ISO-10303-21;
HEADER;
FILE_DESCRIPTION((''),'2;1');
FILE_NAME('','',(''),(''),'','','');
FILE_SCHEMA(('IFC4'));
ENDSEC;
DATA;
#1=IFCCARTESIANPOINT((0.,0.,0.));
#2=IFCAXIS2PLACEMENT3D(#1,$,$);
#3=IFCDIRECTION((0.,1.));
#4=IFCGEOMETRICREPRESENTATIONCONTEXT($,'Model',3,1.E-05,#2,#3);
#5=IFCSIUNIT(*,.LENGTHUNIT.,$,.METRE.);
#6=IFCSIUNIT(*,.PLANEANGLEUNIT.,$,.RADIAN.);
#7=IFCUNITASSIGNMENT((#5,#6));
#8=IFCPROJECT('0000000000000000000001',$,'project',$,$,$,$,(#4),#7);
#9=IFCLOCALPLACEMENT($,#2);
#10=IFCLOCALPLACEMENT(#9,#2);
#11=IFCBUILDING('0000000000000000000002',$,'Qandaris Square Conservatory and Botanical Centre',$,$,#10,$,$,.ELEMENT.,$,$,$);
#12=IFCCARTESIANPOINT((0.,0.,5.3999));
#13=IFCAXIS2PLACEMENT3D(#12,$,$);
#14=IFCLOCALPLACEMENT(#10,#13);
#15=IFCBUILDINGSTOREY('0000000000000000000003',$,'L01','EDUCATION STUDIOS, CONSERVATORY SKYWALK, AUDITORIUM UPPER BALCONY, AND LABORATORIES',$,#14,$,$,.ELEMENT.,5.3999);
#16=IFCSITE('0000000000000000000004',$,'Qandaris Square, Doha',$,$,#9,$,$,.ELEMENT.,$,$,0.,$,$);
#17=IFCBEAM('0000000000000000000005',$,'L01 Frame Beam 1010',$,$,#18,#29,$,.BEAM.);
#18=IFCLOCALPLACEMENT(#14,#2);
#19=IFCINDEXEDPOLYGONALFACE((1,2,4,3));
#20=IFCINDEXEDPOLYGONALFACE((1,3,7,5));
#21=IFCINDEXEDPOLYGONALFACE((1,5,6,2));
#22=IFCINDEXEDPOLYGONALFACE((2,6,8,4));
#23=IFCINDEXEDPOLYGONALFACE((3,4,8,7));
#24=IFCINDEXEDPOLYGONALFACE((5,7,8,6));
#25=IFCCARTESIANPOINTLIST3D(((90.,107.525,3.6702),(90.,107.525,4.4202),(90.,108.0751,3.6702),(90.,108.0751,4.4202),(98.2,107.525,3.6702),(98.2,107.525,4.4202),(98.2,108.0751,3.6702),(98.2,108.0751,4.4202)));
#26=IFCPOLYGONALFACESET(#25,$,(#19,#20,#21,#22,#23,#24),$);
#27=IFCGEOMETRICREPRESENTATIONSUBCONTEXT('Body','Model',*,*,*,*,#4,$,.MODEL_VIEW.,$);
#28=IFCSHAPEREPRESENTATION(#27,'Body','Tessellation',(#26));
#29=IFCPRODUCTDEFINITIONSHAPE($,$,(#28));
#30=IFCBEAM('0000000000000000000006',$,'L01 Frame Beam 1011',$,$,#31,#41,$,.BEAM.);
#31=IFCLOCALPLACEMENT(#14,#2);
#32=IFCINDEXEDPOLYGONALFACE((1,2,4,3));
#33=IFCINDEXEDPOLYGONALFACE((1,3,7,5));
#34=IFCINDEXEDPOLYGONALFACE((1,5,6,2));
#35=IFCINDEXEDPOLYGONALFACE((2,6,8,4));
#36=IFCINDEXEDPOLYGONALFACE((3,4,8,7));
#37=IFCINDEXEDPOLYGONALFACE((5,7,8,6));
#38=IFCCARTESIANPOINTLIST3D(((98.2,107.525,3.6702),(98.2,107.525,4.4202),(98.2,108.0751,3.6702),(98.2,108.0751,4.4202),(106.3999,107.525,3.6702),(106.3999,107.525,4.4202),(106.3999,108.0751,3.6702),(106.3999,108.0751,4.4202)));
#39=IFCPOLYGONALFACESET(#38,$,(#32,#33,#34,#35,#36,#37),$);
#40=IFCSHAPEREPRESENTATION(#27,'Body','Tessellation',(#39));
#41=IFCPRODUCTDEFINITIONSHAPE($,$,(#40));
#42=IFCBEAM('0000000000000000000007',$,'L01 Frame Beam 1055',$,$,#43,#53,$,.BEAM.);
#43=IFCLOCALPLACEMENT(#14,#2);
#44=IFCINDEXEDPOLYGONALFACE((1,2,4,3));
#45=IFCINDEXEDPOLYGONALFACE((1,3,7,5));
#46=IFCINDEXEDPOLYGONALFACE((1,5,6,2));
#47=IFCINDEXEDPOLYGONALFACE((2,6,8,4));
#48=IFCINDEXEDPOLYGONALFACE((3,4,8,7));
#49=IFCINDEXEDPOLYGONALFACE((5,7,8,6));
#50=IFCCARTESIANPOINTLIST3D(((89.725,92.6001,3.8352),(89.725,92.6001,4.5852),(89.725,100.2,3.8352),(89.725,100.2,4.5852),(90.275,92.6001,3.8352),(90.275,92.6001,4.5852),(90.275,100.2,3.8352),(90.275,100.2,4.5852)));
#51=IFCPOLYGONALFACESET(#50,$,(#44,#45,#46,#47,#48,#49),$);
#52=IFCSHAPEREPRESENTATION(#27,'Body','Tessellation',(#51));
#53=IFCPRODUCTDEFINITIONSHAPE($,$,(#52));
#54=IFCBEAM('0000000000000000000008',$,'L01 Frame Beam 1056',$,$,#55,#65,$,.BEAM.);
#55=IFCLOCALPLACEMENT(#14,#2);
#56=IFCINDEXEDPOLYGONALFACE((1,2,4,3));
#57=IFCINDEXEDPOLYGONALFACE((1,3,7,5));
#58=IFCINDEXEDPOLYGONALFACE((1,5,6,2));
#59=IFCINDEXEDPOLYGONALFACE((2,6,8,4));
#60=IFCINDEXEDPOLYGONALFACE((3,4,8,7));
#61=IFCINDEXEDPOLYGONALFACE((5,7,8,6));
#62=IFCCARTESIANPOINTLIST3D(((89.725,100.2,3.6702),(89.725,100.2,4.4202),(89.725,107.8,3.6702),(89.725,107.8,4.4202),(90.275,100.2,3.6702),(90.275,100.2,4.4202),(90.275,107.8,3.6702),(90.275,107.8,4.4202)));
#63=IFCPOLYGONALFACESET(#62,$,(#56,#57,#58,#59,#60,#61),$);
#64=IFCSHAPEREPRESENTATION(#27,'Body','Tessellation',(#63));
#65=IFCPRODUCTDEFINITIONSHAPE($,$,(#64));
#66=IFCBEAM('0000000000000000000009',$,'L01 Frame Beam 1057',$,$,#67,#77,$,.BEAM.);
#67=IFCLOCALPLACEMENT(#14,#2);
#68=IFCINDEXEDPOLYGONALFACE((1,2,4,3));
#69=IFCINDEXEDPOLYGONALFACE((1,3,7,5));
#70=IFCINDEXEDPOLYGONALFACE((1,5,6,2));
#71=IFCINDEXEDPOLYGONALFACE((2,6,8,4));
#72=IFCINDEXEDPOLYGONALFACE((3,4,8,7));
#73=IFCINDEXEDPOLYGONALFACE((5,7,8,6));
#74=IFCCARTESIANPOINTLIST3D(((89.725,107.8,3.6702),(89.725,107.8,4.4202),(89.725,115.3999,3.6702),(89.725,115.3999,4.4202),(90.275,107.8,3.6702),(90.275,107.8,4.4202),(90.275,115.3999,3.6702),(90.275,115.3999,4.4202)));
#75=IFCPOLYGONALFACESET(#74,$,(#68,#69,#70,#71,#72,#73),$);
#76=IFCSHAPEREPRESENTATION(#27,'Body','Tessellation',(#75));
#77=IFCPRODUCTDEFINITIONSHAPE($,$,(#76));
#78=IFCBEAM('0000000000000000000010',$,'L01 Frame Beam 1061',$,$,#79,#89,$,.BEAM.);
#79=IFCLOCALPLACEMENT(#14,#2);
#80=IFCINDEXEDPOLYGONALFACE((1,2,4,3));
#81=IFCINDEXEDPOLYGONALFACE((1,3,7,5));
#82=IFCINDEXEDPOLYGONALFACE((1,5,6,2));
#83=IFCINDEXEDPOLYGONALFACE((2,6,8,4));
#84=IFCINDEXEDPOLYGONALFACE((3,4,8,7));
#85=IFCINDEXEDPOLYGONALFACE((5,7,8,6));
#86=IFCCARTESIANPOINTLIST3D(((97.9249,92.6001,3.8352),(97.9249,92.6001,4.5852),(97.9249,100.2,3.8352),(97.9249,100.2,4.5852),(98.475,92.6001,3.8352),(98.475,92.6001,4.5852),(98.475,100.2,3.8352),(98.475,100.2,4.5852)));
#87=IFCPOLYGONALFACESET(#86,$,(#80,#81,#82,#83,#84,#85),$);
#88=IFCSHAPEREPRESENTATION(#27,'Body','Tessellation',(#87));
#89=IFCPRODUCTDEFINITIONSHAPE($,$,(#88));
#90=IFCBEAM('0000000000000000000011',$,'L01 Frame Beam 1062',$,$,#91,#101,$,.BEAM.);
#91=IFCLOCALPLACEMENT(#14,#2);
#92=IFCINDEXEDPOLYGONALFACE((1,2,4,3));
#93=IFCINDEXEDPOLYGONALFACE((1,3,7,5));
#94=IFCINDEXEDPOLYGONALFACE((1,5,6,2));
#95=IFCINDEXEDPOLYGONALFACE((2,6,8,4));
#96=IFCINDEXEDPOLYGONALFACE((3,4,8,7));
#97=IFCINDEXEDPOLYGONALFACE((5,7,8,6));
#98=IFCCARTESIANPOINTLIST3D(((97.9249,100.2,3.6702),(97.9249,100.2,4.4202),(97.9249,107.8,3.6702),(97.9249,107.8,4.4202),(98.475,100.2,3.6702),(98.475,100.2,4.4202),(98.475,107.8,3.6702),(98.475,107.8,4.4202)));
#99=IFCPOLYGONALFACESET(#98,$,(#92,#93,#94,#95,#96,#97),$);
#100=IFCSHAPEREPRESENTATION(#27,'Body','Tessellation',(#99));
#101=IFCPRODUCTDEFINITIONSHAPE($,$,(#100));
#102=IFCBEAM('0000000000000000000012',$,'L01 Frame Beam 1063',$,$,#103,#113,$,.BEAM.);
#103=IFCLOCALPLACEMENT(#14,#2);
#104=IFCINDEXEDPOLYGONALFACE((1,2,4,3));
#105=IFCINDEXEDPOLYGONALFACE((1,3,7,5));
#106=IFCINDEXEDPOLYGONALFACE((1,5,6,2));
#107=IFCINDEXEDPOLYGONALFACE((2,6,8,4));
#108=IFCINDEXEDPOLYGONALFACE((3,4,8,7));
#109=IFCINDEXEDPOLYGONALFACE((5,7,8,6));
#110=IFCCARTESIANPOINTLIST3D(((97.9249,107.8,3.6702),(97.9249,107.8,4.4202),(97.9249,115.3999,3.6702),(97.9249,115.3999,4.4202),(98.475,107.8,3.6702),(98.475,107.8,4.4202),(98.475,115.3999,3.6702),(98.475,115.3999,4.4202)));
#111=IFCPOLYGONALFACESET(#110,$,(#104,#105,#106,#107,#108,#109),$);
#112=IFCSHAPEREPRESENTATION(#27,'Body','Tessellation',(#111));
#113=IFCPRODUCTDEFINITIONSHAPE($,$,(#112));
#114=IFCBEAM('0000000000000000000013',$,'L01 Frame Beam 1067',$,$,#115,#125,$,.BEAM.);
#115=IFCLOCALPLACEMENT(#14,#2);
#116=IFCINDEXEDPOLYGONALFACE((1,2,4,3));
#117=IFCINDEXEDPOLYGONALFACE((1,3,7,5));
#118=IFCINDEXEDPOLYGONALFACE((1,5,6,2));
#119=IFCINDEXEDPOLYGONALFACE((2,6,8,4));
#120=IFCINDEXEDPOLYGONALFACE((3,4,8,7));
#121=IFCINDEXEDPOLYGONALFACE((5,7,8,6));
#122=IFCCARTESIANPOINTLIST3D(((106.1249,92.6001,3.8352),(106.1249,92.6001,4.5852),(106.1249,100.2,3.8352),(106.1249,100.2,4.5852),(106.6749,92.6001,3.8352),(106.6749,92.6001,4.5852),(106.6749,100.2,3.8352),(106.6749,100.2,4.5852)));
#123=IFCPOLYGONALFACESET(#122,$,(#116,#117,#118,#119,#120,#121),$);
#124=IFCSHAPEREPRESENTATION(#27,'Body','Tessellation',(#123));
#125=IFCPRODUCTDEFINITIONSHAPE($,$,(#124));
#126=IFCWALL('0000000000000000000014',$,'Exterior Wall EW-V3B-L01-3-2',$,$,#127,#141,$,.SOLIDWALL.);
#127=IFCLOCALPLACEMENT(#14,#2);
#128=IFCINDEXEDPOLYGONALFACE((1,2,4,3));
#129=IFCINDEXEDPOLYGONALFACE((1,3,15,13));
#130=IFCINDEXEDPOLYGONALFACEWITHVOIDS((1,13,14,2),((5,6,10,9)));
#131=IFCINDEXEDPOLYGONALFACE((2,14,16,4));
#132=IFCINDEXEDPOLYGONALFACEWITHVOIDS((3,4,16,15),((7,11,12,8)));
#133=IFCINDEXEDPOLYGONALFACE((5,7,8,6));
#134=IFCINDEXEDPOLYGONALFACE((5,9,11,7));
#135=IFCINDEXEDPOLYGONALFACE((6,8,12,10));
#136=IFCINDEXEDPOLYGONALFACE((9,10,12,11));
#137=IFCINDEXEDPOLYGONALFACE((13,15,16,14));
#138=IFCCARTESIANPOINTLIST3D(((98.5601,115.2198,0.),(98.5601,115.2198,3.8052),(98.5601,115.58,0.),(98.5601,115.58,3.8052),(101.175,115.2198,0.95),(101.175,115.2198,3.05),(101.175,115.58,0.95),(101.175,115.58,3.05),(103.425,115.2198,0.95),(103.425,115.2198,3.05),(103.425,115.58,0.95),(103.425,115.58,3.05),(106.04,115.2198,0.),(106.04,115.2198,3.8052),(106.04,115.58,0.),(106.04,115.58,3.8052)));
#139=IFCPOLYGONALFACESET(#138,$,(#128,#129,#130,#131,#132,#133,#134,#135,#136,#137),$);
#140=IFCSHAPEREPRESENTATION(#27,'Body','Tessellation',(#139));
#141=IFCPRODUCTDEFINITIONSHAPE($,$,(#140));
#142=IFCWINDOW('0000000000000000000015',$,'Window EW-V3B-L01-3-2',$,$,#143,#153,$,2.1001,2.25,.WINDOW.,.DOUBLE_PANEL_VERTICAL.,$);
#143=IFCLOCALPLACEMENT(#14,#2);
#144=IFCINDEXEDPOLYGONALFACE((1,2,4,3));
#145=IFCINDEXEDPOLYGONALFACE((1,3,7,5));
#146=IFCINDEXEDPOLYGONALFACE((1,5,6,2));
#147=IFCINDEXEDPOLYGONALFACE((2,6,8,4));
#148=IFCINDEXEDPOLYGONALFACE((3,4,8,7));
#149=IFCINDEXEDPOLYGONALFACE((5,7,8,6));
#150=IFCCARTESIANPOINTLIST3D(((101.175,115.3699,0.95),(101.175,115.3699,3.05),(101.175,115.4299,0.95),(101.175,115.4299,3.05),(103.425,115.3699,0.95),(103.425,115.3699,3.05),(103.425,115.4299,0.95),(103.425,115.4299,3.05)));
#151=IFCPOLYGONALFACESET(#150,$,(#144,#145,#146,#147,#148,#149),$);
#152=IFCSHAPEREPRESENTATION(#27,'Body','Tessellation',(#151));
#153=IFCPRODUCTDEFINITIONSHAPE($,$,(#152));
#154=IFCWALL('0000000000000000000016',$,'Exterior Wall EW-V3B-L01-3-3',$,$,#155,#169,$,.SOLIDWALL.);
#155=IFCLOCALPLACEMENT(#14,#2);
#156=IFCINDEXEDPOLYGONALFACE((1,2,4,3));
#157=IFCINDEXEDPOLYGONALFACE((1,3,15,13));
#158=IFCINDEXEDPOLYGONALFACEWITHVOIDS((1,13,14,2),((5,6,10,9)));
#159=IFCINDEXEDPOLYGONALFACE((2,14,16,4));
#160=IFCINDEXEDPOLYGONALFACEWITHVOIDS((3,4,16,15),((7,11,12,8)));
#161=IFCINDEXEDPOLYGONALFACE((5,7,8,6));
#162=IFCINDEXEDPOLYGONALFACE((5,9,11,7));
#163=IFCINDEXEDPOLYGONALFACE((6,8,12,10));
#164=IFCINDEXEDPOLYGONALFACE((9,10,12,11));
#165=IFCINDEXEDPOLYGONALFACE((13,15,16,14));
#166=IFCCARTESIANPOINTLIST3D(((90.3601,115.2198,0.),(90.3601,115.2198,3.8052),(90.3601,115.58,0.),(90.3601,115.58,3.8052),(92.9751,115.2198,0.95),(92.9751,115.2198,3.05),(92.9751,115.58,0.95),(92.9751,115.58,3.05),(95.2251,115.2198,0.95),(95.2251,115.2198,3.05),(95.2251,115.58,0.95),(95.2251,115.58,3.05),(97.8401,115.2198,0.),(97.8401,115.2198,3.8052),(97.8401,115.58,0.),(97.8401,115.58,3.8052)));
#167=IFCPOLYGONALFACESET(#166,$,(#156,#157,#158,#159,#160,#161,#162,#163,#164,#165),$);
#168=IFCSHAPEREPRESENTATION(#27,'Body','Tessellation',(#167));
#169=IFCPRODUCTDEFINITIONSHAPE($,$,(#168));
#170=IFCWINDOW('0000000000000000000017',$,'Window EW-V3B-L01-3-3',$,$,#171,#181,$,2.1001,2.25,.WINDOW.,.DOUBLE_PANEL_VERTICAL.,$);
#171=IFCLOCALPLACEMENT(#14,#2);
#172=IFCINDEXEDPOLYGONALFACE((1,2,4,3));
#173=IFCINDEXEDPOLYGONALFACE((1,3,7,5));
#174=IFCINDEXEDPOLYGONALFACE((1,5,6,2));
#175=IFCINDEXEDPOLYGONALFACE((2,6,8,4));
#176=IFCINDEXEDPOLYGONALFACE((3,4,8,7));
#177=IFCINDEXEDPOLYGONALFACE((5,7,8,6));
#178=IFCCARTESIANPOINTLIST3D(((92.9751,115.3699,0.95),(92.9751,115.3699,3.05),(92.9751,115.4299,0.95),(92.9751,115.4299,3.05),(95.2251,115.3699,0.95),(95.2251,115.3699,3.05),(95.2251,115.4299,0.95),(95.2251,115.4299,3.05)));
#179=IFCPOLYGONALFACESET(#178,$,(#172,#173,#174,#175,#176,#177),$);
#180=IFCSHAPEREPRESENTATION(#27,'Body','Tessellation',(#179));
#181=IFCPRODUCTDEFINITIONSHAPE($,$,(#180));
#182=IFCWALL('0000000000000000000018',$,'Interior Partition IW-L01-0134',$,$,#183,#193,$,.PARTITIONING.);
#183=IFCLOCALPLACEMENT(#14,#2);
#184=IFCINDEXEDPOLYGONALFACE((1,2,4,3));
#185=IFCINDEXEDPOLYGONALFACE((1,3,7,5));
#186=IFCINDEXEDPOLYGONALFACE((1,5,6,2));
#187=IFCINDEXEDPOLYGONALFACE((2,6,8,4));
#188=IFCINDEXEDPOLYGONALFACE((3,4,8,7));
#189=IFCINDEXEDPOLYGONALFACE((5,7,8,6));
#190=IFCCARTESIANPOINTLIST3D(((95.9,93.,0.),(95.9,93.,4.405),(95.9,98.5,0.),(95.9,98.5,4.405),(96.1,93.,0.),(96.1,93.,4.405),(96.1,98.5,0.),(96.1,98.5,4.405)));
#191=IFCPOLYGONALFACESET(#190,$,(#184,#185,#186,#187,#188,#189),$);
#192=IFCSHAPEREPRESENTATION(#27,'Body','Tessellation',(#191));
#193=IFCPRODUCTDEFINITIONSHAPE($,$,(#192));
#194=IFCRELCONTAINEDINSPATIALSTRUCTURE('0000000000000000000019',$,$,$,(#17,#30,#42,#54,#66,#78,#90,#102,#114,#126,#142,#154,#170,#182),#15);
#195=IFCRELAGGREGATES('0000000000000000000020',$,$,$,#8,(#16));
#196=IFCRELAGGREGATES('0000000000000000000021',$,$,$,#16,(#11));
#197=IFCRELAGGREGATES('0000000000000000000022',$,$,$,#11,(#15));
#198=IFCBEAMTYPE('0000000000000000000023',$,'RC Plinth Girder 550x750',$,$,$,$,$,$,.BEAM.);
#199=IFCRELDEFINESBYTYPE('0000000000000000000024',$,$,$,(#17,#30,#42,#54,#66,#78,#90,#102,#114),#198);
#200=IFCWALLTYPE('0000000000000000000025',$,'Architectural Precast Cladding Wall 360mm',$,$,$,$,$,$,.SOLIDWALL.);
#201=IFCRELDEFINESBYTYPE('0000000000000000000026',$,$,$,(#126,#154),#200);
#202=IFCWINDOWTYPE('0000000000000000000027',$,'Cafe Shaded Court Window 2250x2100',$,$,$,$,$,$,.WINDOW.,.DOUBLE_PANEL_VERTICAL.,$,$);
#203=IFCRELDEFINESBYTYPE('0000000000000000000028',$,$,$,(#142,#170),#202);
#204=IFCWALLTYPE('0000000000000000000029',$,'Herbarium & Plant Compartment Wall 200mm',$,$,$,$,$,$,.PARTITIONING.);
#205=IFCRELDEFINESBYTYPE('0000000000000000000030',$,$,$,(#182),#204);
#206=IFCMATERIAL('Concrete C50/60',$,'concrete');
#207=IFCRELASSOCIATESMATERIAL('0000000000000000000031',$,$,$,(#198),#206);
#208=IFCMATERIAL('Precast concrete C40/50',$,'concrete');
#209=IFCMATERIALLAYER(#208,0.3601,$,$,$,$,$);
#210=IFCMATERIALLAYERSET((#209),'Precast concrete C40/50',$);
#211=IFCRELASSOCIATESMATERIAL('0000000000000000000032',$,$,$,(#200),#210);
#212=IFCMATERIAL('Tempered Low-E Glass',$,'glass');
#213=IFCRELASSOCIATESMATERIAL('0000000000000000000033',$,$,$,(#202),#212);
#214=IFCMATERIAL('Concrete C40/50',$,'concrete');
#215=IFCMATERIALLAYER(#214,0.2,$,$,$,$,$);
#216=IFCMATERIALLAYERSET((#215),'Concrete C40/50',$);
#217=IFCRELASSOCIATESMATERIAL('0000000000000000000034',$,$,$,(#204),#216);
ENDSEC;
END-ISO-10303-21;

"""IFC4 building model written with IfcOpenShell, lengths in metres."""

from ifc_helpers import new_model, si_unit, direction, frame, frame_2d, origin, origin_2d, place, context, subcontext, project, spatial, rectangle, extrude, material, layer, layer_set, material_profile, profile_set, type_object, element, fill, save


model = new_model("IFC4")

# Units and contexts
model_context = context("Model", 3, precision=1e-05, world=origin(), true_north=direction((0.0, 1.0)))
body_context = subcontext(model_context, "Body", "Model", "MODEL_VIEW")
ifc_project = project(units=[si_unit("LENGTHUNIT", "METRE"), si_unit("PLANEANGLEUNIT", "RADIAN")], contexts=[model_context])

# Site, building, storey
site_placement = place(None, origin())
site = spatial("IfcSite", under=ifc_project, at=site_placement, Name="Qandaris Square, Doha", CompositionType="ELEMENT", RefElevation=0.0)
building_placement = place(site_placement, origin())
building = spatial("IfcBuilding", under=site, at=building_placement, Name="Qandaris Square Conservatory and Botanical Centre", CompositionType="ELEMENT")
storey_placement = place(building_placement, frame((0.0, 0.0, 5.3999)))
storey = spatial("IfcBuildingStorey", under=building, at=storey_placement, Name="L01", Description="EDUCATION STUDIOS, CONSERVATORY SKYWALK, AUDITORIUM UPPER BALCONY, AND LABORATORIES", CompositionType="ELEMENT", Elevation=5.3999)

# Shared definitions
ifc_material_1 = material(Name="Concrete C40/50", Category="concrete")

# Beams
ifc_material_2 = material(Name="Concrete C50/60", Category="concrete")
ifc_material_profile_1 = material_profile(ifc_material_2, rectangle(XDim=0.55, YDim=0.75, at=origin_2d()), Name="RC-BM 550x750")
ifc_profile_set_1 = profile_set([ifc_material_profile_1], Name="Concrete C50/60")
beam_type_1 = type_object("IfcBeamType", Name="RC Plinth Girder 550x750", PredefinedType="BEAM", material=ifc_profile_set_1)
for number, where, z_axis, x_axis, name in (
    (1, (90.0, 107.8, 4.0452), (1.0, 0.0, 0.0), (0.0, 1.0, 0.0), "L01 Frame Beam 1010"),
    (2, (98.2, 107.8, 4.0452), (1.0, 0.0, 0.0), (0.0, 1.0, 0.0), "L01 Frame Beam 1011"),
):
    element("IfcBeam", number, at=place(storey_placement, frame(where, z_axis=z_axis, x_axis=x_axis)), inside=storey, type_object=beam_type_1, Name=name, PredefinedType="BEAM", context=body_context, shape_type="SweptSolid", body=[
        extrude(rectangle(XDim=0.55, YDim=0.75, at=origin_2d()), origin(), (0.0, 0.0, 1.0), 8.2),
    ])
beam_1_placement = place(storey_placement, frame((90.0, 92.6001, 4.2102), z_axis=(0.0, 1.0, 0.0), x_axis=(-1.0, 0.0, 0.0)))
element("IfcBeam", 3, at=beam_1_placement, inside=storey, type_object=beam_type_1, Name="L01 Frame Beam 1055", PredefinedType="BEAM", context=body_context, shape_type="SweptSolid", body=[
    extrude(rectangle(XDim=0.55, YDim=0.75, at=origin_2d()), origin(), (0.0, 0.0, 1.0), 7.5999),
])
beam_2_placement = place(storey_placement, frame((90.0, 100.2, 4.0452), z_axis=(0.0, 1.0, 0.0), x_axis=(-1.0, 0.0, 0.0)))
element("IfcBeam", 4, at=beam_2_placement, inside=storey, type_object=beam_type_1, Name="L01 Frame Beam 1056", PredefinedType="BEAM", context=body_context, shape_type="SweptSolid", body=[
    extrude(rectangle(XDim=0.55, YDim=0.75, at=origin_2d()), origin(), (0.0, 0.0, 1.0), 7.6001),
])
for number, where, z_axis, x_axis, name in (
    (5, (90.0, 107.8, 4.0452), (0.0, 1.0, 0.0), (-1.0, 0.0, 0.0), "L01 Frame Beam 1057"),
    (6, (98.2, 92.6001, 4.2102), (0.0, 1.0, 0.0), (-1.0, 0.0, 0.0), "L01 Frame Beam 1061"),
):
    element("IfcBeam", number, at=place(storey_placement, frame(where, z_axis=z_axis, x_axis=x_axis)), inside=storey, type_object=beam_type_1, Name=name, PredefinedType="BEAM", context=body_context, shape_type="SweptSolid", body=[
        extrude(rectangle(XDim=0.55, YDim=0.75, at=origin_2d()), origin(), (0.0, 0.0, 1.0), 7.5999),
    ])
beam_3_placement = place(storey_placement, frame((98.2, 100.2, 4.0452), z_axis=(0.0, 1.0, 0.0), x_axis=(-1.0, 0.0, 0.0)))
element("IfcBeam", 7, at=beam_3_placement, inside=storey, type_object=beam_type_1, Name="L01 Frame Beam 1062", PredefinedType="BEAM", context=body_context, shape_type="SweptSolid", body=[
    extrude(rectangle(XDim=0.55, YDim=0.75, at=origin_2d()), origin(), (0.0, 0.0, 1.0), 7.6001),
])
for number, where, z_axis, x_axis, name in (
    (8, (98.2, 107.8, 4.0452), (0.0, 1.0, 0.0), (-1.0, 0.0, 0.0), "L01 Frame Beam 1063"),
    (9, (106.3999, 92.6001, 4.2102), (0.0, 1.0, 0.0), (-1.0, 0.0, 0.0), "L01 Frame Beam 1067"),
):
    element("IfcBeam", number, at=place(storey_placement, frame(where, z_axis=z_axis, x_axis=x_axis)), inside=storey, type_object=beam_type_1, Name=name, PredefinedType="BEAM", context=body_context, shape_type="SweptSolid", body=[
        extrude(rectangle(XDim=0.55, YDim=0.75, at=origin_2d()), origin(), (0.0, 0.0, 1.0), 7.5999),
    ])

# Walls, openings, windows
ifc_material_3 = material(Name="Precast concrete C40/50", Category="concrete")
ifc_layer_1 = layer(ifc_material_3, 0.3601)
ifc_layer_set_1 = layer_set([ifc_layer_1], Name="Precast concrete C40/50")
wall_type_1 = type_object("IfcWallType", Name="Architectural Precast Cladding Wall 360mm", PredefinedType="SOLIDWALL", material=ifc_layer_set_1)
wall_1_placement = place(storey_placement, frame((106.04, 115.3999, 0.0), z_axis=(0.0, 0.0, 1.0), x_axis=(-1.0, 0.0, 0.0)))
wall_1 = element("IfcWall", 10, at=wall_1_placement, inside=storey, type_object=wall_type_1, Name="Exterior Wall EW-V3B-L01-3-2", PredefinedType="SOLIDWALL", context=body_context, shape_type="SweptSolid", body=[
    extrude(rectangle(XDim=7.48, YDim=0.3601, at=frame_2d((3.74, 0.0))), origin(), (0.0, 0.0, 1.0), 3.8052),
])
opening_1_placement = place(wall_1_placement, frame((2.615, 0.0, 0.95)))
opening_1 = element("IfcOpeningElement", 11, at=opening_1_placement, cuts=wall_1, PredefinedType="OPENING", context=body_context, shape_type="SweptSolid", body=[
    extrude(rectangle(XDim=2.25, YDim=2.1001, at=frame_2d((1.125, 1.05))), frame((0.0, 0.1919, 0.0), z_axis=(0.0, -1.0, 0.0), x_axis=(1.0, 0.0, 0.0)), (0.0, 0.0, 1.0), 0.384),
])
ifc_material_4 = material(Name="Tempered Low-E Glass", Category="glass")
window_type = type_object("IfcWindowType", Name="Cafe Shaded Court Window 2250x2100", PartitioningType="DOUBLE_PANEL_VERTICAL", PredefinedType="WINDOW", material=ifc_material_4)
window_1_placement = place(opening_1_placement, origin())
window_1 = element("IfcWindow", 12, at=window_1_placement, inside=storey, type_object=window_type, Name="Window EW-V3B-L01-3-2", OverallHeight=2.1001, OverallWidth=2.25, PartitioningType="DOUBLE_PANEL_VERTICAL", PredefinedType="WINDOW", context=body_context, shape_type="SweptSolid", body=[
    extrude(rectangle(XDim=2.25, YDim=2.1001, at=frame_2d((1.125, 1.05))), frame((0.0, 0.03, 0.0), z_axis=(0.0, -1.0, 0.0), x_axis=(1.0, 0.0, 0.0)), (0.0, 0.0, 1.0), 0.0601),
])
fill(opening_1, window_1)
wall_2_placement = place(storey_placement, frame((97.8401, 115.3999, 0.0), z_axis=(0.0, 0.0, 1.0), x_axis=(-1.0, 0.0, 0.0)))
wall_2 = element("IfcWall", 13, at=wall_2_placement, inside=storey, type_object=wall_type_1, Name="Exterior Wall EW-V3B-L01-3-3", PredefinedType="SOLIDWALL", context=body_context, shape_type="SweptSolid", body=[
    extrude(rectangle(XDim=7.48, YDim=0.3601, at=frame_2d((3.74, 0.0))), origin(), (0.0, 0.0, 1.0), 3.8052),
])
opening_2_placement = place(wall_2_placement, frame((2.615, 0.0, 0.95)))
opening_2 = element("IfcOpeningElement", 14, at=opening_2_placement, cuts=wall_2, PredefinedType="OPENING", context=body_context, shape_type="SweptSolid", body=[
    extrude(rectangle(XDim=2.25, YDim=2.1001, at=frame_2d((1.125, 1.05))), frame((0.0, 0.1919, 0.0), z_axis=(0.0, -1.0, 0.0), x_axis=(1.0, 0.0, 0.0)), (0.0, 0.0, 1.0), 0.384),
])
window_2_placement = place(opening_2_placement, origin())
window_2 = element("IfcWindow", 15, at=window_2_placement, inside=storey, type_object=window_type, Name="Window EW-V3B-L01-3-3", OverallHeight=2.1001, OverallWidth=2.25, PartitioningType="DOUBLE_PANEL_VERTICAL", PredefinedType="WINDOW", context=body_context, shape_type="SweptSolid", body=[
    extrude(rectangle(XDim=2.25, YDim=2.1001, at=frame_2d((1.125, 1.05))), frame((0.0, 0.03, 0.0), z_axis=(0.0, -1.0, 0.0), x_axis=(1.0, 0.0, 0.0)), (0.0, 0.0, 1.0), 0.0601),
])
fill(opening_2, window_2)

# Wall
ifc_layer_2 = layer(ifc_material_1, 0.2)
ifc_layer_set_2 = layer_set([ifc_layer_2], Name="Concrete C40/50")
wall_type_2 = type_object("IfcWallType", Name="Herbarium & Plant Compartment Wall 200mm", PredefinedType="PARTITIONING", material=ifc_layer_set_2)
wall_3_placement = place(storey_placement, frame((96.0, 98.5, 0.0), z_axis=(0.0, 0.0, 1.0), x_axis=(0.0, -1.0, 0.0)))
element("IfcWall", 16, at=wall_3_placement, inside=storey, type_object=wall_type_2, Name="Interior Partition IW-L01-0134", PredefinedType="PARTITIONING", context=body_context, shape_type="SweptSolid", body=[
    extrude(rectangle(XDim=5.5, YDim=0.2, at=frame_2d((2.75, 0.0))), origin(), (0.0, 0.0, 1.0), 4.405),
])

save(model, "model.ifc")
